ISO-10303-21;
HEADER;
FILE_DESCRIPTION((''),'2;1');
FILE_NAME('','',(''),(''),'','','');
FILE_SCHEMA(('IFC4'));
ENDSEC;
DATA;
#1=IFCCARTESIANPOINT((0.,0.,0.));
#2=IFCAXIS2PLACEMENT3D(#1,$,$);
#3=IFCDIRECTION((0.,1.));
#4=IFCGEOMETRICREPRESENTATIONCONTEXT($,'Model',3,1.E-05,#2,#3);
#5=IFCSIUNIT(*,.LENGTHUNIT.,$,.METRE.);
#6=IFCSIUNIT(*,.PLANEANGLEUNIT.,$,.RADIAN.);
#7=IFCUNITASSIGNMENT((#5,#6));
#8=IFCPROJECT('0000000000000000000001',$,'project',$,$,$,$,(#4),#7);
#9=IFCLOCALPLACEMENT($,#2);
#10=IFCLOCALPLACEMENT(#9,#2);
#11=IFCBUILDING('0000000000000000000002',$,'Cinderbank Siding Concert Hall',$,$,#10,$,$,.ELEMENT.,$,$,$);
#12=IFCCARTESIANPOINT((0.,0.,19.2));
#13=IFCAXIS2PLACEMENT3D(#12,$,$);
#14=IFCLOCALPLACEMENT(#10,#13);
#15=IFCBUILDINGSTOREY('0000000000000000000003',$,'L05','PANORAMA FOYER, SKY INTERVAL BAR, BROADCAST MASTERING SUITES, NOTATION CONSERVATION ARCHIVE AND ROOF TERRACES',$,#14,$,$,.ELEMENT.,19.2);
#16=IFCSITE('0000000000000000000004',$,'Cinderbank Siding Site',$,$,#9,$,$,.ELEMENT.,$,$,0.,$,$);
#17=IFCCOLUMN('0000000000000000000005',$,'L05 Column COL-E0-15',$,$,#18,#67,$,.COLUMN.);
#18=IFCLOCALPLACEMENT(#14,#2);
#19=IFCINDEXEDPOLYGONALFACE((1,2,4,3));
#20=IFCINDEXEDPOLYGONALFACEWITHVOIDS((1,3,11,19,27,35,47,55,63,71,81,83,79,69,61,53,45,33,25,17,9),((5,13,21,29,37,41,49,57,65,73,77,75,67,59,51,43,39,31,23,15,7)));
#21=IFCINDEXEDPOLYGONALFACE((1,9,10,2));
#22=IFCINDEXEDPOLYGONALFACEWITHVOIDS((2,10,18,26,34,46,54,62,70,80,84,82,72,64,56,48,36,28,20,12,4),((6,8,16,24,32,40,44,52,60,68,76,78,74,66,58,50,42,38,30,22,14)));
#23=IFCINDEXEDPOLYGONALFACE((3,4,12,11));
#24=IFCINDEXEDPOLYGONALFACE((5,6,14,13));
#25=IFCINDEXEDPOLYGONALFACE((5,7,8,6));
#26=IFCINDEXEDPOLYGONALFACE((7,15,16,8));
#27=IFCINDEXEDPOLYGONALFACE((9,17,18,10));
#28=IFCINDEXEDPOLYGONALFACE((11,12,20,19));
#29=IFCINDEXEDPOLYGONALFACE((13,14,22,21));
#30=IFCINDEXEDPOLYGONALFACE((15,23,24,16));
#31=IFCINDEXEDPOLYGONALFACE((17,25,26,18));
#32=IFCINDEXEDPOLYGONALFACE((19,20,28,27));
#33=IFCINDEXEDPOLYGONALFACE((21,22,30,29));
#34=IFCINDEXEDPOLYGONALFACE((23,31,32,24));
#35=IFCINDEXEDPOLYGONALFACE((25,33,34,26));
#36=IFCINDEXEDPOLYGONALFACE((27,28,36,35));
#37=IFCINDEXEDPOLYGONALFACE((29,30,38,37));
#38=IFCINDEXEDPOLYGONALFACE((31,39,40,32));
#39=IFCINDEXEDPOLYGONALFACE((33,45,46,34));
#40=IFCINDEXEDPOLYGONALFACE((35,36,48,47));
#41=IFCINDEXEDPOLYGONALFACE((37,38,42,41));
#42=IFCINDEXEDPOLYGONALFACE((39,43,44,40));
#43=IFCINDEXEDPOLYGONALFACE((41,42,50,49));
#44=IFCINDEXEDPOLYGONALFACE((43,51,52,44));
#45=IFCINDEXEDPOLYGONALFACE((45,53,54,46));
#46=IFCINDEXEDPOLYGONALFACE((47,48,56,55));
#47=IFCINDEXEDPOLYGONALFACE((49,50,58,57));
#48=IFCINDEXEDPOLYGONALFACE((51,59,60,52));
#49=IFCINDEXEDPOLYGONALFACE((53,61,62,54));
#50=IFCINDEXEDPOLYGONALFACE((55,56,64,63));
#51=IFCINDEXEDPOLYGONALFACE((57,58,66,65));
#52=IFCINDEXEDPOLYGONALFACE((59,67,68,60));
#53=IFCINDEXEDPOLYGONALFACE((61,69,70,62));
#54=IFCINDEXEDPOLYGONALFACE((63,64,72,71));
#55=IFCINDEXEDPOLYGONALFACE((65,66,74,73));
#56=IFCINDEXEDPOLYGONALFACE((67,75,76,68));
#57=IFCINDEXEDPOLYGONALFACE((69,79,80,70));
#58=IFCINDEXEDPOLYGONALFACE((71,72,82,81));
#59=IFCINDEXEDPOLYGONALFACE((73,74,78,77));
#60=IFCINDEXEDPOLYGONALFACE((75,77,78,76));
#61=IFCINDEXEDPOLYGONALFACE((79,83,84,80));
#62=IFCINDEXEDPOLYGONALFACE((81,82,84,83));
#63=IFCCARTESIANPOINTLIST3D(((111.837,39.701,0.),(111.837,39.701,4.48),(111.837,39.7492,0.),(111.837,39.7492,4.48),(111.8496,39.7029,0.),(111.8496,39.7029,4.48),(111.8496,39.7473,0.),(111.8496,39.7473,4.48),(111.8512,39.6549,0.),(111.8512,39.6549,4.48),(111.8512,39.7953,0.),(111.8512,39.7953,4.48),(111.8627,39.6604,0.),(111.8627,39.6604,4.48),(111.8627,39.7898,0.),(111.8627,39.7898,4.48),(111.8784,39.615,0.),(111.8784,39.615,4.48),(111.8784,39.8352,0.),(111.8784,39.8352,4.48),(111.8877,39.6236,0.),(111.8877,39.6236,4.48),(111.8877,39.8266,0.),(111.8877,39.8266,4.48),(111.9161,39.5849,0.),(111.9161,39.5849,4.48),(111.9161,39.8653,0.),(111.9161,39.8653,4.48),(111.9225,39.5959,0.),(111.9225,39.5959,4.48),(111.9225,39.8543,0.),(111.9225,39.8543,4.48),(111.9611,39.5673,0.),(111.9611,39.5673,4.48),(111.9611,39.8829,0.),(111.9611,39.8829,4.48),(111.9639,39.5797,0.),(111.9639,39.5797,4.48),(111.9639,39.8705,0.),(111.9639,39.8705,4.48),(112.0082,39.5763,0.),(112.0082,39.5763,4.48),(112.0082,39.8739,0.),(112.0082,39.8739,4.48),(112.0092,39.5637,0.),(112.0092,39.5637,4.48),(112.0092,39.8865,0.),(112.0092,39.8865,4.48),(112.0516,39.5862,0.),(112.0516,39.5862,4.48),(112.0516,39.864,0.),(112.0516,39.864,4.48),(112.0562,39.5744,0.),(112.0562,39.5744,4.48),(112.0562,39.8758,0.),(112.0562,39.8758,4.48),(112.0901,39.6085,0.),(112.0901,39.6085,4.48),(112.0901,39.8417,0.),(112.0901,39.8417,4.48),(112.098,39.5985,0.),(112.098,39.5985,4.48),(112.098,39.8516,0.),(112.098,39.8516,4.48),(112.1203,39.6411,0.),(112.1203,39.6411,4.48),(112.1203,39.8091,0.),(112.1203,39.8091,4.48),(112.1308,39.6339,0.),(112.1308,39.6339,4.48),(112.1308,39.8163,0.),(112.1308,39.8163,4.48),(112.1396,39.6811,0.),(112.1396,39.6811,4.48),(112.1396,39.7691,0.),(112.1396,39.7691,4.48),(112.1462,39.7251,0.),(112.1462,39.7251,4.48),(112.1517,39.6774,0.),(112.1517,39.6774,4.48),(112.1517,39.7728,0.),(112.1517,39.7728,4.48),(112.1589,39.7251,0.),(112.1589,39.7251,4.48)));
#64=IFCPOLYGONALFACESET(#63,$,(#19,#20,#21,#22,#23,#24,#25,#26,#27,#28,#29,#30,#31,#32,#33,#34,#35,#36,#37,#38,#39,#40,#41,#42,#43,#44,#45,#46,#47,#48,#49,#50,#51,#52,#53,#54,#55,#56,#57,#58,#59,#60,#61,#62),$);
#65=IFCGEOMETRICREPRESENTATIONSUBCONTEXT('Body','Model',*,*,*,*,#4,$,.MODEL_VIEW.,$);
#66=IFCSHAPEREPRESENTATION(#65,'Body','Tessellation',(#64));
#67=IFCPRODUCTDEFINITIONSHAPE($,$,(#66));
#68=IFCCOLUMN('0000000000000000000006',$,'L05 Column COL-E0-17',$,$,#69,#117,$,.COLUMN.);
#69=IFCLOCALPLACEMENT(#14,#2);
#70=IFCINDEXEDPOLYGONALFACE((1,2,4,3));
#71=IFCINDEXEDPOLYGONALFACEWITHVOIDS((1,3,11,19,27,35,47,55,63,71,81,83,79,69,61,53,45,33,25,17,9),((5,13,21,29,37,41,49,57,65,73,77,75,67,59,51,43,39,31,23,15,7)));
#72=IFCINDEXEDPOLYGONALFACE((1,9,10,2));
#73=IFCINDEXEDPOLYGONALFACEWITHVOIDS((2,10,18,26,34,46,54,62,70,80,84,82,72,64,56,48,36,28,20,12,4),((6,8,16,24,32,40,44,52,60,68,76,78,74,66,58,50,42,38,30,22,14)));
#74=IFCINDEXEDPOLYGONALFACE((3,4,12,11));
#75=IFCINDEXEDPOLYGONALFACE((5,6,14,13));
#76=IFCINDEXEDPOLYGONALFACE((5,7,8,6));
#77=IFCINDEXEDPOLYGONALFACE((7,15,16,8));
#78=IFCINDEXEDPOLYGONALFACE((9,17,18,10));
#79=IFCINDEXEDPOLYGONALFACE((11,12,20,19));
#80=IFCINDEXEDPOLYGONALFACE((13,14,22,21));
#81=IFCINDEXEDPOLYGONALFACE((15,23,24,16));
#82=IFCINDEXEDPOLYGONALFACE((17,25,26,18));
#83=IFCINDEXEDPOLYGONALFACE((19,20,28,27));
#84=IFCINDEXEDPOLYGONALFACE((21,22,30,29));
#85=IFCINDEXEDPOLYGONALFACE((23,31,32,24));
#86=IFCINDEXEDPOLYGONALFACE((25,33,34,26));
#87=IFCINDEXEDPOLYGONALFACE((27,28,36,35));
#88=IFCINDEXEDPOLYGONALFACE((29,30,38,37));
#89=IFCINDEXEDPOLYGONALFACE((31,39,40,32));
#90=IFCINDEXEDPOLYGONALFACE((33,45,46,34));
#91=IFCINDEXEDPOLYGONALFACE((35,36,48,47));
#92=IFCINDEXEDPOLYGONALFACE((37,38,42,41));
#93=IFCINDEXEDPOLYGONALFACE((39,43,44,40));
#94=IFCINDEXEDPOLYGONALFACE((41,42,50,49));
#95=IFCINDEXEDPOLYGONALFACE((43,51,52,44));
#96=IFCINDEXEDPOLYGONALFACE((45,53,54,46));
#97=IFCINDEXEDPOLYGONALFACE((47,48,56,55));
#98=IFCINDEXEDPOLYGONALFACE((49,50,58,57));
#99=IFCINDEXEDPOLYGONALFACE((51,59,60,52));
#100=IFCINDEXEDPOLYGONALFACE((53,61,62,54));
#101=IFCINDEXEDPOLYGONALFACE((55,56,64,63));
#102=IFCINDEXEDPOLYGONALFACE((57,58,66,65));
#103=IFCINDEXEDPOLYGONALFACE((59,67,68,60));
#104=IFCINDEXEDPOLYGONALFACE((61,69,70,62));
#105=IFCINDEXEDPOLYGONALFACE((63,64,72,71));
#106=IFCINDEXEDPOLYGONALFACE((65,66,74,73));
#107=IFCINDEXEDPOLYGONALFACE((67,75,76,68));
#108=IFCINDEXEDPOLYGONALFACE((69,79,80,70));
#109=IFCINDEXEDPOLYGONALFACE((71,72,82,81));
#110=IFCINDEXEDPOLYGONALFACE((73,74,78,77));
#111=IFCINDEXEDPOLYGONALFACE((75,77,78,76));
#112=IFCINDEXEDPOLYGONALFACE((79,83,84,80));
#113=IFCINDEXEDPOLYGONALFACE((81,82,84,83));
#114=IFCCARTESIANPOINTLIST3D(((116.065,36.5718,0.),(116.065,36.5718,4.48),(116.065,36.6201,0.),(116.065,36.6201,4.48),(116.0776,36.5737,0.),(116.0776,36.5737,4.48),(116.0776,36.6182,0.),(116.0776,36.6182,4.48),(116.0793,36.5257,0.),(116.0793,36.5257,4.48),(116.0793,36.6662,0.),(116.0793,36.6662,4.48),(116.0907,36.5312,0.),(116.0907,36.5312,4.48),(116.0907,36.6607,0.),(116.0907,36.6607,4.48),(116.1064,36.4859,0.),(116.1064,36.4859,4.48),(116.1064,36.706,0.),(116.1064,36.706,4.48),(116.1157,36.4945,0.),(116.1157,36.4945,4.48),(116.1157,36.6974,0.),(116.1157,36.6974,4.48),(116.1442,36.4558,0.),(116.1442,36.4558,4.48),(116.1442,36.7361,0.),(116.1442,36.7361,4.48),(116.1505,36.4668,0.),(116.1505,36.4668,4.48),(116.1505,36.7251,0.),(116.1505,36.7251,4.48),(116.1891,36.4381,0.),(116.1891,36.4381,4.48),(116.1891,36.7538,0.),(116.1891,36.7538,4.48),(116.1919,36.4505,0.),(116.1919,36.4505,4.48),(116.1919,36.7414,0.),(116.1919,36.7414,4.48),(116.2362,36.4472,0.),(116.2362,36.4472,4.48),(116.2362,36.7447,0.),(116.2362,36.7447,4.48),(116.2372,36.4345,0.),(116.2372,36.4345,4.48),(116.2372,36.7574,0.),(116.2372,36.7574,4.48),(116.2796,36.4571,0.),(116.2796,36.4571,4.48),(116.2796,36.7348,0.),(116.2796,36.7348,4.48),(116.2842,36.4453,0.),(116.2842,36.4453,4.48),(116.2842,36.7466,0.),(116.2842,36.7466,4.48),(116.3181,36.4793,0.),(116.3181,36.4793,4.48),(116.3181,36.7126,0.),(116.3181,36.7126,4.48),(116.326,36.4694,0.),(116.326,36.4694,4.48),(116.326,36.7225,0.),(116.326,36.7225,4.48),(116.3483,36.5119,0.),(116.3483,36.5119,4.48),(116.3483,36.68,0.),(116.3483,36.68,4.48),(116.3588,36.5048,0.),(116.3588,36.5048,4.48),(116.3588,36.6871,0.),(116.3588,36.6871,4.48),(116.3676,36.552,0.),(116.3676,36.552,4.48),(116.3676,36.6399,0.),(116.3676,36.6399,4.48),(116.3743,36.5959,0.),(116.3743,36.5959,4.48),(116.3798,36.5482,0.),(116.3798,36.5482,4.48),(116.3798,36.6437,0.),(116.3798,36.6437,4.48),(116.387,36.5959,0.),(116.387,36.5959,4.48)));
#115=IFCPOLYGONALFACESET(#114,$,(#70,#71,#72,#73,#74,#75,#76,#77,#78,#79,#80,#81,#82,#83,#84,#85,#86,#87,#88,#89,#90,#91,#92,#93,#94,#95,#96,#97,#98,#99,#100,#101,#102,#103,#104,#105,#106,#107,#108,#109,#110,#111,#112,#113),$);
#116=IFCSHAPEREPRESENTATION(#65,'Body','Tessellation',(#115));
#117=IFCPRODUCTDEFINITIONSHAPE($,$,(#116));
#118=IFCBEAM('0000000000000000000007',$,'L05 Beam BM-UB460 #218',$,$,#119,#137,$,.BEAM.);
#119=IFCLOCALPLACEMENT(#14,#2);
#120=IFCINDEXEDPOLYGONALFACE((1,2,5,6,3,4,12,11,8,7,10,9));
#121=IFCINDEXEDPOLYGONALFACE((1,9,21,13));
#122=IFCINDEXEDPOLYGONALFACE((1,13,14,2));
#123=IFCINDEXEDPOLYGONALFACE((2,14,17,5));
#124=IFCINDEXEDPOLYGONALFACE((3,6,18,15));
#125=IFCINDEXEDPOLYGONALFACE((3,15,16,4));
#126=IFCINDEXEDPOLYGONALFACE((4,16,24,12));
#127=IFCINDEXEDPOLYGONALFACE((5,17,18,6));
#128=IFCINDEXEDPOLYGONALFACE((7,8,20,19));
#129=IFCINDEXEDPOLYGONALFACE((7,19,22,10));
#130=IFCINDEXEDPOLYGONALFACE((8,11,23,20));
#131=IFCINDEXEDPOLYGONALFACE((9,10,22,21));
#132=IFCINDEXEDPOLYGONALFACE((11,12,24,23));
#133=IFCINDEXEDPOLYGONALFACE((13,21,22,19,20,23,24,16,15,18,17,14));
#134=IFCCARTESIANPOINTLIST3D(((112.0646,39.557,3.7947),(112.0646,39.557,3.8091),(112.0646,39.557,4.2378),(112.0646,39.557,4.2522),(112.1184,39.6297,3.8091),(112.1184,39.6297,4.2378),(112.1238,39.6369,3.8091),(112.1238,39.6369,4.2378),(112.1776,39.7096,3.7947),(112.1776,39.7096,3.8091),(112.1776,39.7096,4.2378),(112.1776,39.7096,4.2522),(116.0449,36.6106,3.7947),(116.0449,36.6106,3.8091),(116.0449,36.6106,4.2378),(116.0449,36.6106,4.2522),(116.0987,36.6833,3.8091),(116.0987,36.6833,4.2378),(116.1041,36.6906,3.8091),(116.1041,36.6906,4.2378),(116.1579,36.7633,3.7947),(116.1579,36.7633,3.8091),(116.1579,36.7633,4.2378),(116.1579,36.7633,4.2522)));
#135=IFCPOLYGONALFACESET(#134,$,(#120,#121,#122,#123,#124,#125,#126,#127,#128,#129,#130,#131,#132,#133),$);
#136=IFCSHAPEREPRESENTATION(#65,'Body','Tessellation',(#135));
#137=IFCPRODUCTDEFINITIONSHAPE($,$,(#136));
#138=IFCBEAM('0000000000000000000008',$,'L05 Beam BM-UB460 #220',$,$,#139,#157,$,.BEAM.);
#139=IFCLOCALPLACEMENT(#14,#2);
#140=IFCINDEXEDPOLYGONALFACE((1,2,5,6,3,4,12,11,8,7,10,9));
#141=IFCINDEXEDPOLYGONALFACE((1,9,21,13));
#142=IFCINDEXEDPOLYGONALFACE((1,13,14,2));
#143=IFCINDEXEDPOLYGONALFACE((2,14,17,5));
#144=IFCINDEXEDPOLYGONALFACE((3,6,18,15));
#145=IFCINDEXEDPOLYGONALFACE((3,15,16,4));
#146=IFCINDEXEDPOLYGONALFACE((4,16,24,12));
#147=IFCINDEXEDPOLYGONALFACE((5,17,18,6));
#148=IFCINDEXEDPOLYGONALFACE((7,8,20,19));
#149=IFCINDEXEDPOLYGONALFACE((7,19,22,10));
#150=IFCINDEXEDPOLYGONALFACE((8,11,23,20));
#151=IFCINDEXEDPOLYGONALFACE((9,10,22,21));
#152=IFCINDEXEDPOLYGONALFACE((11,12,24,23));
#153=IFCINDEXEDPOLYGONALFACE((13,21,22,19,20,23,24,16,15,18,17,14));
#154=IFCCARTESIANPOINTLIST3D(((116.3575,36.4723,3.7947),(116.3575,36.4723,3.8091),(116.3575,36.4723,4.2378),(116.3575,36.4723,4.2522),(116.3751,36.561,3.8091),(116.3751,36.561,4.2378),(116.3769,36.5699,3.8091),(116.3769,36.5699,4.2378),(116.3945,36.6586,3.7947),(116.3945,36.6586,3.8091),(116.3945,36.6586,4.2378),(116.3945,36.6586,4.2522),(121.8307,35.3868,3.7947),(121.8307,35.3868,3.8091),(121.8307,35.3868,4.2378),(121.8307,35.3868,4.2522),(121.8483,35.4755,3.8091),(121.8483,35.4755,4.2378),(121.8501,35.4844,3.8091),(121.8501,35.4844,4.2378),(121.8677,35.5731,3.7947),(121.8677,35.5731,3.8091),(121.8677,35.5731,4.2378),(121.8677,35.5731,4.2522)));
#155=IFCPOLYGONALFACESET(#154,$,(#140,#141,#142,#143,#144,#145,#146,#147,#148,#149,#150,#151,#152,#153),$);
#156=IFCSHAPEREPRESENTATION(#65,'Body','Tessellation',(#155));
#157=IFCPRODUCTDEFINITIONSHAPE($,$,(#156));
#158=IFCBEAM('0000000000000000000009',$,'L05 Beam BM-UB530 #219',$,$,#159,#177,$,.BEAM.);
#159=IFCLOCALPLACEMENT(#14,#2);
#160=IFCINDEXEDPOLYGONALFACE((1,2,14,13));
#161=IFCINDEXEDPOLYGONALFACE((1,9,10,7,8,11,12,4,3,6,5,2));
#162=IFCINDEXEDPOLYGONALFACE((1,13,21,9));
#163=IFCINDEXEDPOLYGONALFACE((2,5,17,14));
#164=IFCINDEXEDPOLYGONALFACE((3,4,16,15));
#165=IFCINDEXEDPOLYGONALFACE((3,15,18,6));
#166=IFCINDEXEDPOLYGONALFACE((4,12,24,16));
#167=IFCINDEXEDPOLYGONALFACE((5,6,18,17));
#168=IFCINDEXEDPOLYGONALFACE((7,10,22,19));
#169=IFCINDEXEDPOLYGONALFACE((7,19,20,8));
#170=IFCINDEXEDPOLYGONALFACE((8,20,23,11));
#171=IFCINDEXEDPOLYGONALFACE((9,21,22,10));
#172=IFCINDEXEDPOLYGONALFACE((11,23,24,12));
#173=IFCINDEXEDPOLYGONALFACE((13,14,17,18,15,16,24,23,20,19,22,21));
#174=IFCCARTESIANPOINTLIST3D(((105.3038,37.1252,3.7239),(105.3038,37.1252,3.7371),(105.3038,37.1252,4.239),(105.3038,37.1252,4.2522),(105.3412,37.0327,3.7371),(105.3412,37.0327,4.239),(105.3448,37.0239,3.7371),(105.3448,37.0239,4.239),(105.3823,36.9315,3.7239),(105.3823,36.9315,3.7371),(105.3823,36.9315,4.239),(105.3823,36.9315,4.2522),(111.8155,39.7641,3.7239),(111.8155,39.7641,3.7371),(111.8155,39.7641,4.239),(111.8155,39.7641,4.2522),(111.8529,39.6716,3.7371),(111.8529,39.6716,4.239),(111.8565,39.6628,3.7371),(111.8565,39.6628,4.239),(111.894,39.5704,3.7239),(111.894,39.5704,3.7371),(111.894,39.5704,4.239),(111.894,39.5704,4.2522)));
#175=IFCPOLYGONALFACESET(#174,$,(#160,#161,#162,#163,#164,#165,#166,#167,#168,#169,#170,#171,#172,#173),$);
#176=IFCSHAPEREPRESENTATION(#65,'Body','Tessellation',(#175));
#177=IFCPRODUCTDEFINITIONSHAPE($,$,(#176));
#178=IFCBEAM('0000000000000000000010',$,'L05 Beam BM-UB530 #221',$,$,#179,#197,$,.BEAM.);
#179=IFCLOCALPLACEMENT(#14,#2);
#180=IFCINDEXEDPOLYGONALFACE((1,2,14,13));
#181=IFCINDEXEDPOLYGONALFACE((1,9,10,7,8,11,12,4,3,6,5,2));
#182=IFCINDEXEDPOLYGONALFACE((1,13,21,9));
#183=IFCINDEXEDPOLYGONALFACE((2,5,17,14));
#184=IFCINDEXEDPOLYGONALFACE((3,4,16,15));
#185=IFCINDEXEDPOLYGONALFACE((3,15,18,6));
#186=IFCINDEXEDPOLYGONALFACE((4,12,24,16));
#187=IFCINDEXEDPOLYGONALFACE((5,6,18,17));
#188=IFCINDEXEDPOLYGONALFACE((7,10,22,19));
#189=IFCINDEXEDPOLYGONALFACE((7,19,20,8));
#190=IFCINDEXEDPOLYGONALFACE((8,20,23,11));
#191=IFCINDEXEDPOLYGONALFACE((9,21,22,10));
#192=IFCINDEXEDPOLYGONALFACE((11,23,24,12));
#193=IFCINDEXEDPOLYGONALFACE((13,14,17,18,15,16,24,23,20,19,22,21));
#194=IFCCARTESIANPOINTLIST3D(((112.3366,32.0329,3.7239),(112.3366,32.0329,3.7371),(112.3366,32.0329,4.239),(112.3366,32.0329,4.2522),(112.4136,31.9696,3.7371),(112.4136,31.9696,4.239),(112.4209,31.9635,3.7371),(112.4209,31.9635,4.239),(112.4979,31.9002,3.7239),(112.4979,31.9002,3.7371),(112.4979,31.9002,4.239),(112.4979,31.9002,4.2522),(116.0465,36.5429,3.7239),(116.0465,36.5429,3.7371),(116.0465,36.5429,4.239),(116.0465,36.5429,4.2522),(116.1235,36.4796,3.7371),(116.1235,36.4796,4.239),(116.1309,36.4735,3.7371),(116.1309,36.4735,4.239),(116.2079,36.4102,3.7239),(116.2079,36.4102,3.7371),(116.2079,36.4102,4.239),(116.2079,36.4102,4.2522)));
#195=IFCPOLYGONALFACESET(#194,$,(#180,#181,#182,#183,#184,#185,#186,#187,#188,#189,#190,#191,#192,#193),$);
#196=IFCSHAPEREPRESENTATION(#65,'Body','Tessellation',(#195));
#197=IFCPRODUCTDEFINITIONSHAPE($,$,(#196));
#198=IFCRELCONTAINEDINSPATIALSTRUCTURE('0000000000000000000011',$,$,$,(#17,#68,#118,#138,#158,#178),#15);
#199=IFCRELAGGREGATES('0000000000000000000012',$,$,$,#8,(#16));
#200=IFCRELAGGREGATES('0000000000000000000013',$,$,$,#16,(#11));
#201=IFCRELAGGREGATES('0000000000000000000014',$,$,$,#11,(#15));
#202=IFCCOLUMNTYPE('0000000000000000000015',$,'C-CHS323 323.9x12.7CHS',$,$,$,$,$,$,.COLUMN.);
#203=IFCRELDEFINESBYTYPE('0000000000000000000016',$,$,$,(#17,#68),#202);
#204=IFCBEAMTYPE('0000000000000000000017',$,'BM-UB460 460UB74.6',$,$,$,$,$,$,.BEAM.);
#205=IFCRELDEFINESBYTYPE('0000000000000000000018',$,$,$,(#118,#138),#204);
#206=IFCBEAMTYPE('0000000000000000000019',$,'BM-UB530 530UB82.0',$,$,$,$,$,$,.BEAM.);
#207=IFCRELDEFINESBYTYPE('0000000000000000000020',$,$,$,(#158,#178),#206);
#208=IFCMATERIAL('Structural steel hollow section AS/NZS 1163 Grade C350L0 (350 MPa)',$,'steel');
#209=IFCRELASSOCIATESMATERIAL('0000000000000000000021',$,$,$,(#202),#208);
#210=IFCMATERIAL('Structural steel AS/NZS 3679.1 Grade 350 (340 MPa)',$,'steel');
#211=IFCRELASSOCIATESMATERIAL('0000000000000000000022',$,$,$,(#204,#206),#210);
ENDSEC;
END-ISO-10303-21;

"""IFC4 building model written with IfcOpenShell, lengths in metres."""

from ifc_helpers import new_model, si_unit, direction, frame, origin, origin_2d, place, context, subcontext, project, spatial, hollow_circle, i_section, extrude, material, material_profile, profile_set, type_object, element, save


model = new_model("IFC4")

# Units and contexts
model_context = context("Model", 3, precision=1e-05, world=origin(), true_north=direction((0.0, 1.0)))
body_context = subcontext(model_context, "Body", "Model", "MODEL_VIEW")
ifc_project = project(units=[si_unit("LENGTHUNIT", "METRE"), si_unit("PLANEANGLEUNIT", "RADIAN")], contexts=[model_context])

# Site, building, storey
site_placement = place(None, origin())
site = spatial("IfcSite", under=ifc_project, at=site_placement, Name="Cinderbank Siding Site", CompositionType="ELEMENT", RefElevation=0.0)
building_placement = place(site_placement, origin())
building = spatial("IfcBuilding", under=site, at=building_placement, Name="Cinderbank Siding Concert Hall", CompositionType="ELEMENT")
storey_placement = place(building_placement, frame((0.0, 0.0, 19.2)))
storey = spatial("IfcBuildingStorey", under=building, at=storey_placement, Name="L05", Description="PANORAMA FOYER, SKY INTERVAL BAR, BROADCAST MASTERING SUITES, NOTATION CONSERVATION ARCHIVE AND ROOF TERRACES", CompositionType="ELEMENT", Elevation=19.2)

# Columns
ifc_material_1 = material(Name="Structural steel hollow section AS/NZS 1163 Grade C350L0 (350 MPa)", Category="steel")
ifc_material_profile_1 = material_profile(ifc_material_1, hollow_circle(Radius=0.1619, WallThickness=0.0127, at=origin_2d()), Name="323.9x12.7CHS", Category="LoadBearing")
ifc_profile_set_1 = profile_set([ifc_material_profile_1], Name="Structural steel hollow section AS/NZS 1163 Grade C350L0 (350 MPa)")
column_type = type_object("IfcColumnType", Name="C-CHS323 323.9x12.7CHS", PredefinedType="COLUMN", material=ifc_profile_set_1)
for number, where, z_axis, x_axis, name in (
    (1, (111.9971, 39.7251, 0.0), (0.0, 0.0, 1.0), (1.0, 0.0, 0.0), "L05 Column COL-E0-15"),
    (2, (116.2251, 36.5959, 0.0), (0.0, 0.0, 1.0), (1.0, 0.0, 0.0), "L05 Column COL-E0-17"),
):
    element("IfcColumn", number, at=place(storey_placement, frame(where, z_axis=z_axis, x_axis=x_axis)), inside=storey, type_object=column_type, Name=name, PredefinedType="COLUMN", context=body_context, shape_type="SweptSolid", body=[
        extrude(hollow_circle(Radius=0.1619, WallThickness=0.0127, at=origin_2d()), origin(), (0.0, 0.0, 1.0), 4.48),
    ])

# Beams
ifc_material_2 = material(Name="Structural steel AS/NZS 3679.1 Grade 350 (340 MPa)", Category="steel")
ifc_material_profile_2 = material_profile(ifc_material_2, i_section(OverallWidth=0.1899, OverallDepth=0.4575, WebThickness=0.009, FlangeThickness=0.0144, at=origin_2d()), Name="460UB74.6", Category="LoadBearing")
ifc_profile_set_2 = profile_set([ifc_material_profile_2], Name="Structural steel AS/NZS 3679.1 Grade 350 (340 MPa)")
beam_type_1 = type_object("IfcBeamType", Name="BM-UB460 460UB74.6", PredefinedType="BEAM", material=ifc_profile_set_2)
beam_1_placement = place(storey_placement, frame((112.1211, 39.6333, 4.0234), z_axis=(0.803753, -0.594963, 0.0), x_axis=(0.594963, 0.803753, 0.0)))
element("IfcBeam", 3, at=beam_1_placement, inside=storey, type_object=beam_type_1, Name="L05 Beam BM-UB460 #218", PredefinedType="BEAM", context=body_context, shape_type="SweptSolid", body=[
    extrude(i_section(OverallWidth=0.1899, OverallDepth=0.4575, WebThickness=0.009, FlangeThickness=0.0144, at=origin_2d()), origin(), (0.0, 0.0, 1.0), 4.9521),
])
beam_2_placement = place(storey_placement, frame((116.376, 36.5654, 4.0234), z_axis=(0.980896, -0.194534, 0.0), x_axis=(0.194534, 0.980896, 0.0)))
element("IfcBeam", 4, at=beam_2_placement, inside=storey, type_object=beam_type_1, Name="L05 Beam BM-UB460 #220", PredefinedType="BEAM", context=body_context, shape_type="SweptSolid", body=[
    extrude(i_section(OverallWidth=0.1899, OverallDepth=0.4575, WebThickness=0.009, FlangeThickness=0.0144, at=origin_2d()), origin(), (0.0, 0.0, 1.0), 5.5798),
])
ifc_material_profile_3 = material_profile(ifc_material_2, i_section(OverallWidth=0.209, OverallDepth=0.5283, WebThickness=0.0095, FlangeThickness=0.0132, at=origin_2d()), Name="530UB82.0", Category="LoadBearing")
ifc_profile_set_3 = profile_set([ifc_material_profile_3], Name="Structural steel AS/NZS 3679.1 Grade 350 (340 MPa)")
beam_type_2 = type_object("IfcBeamType", Name="BM-UB530 530UB82.0", PredefinedType="BEAM", material=ifc_profile_set_3)
beam_3_placement = place(storey_placement, frame((111.8547, 39.6672, 3.988), z_axis=(-0.926787, -0.375587, 0.0), x_axis=(0.375587, -0.926787, 0.0)))
element("IfcBeam", 5, at=beam_3_placement, inside=storey, type_object=beam_type_2, Name="L05 Beam BM-UB530 #219", PredefinedType="BEAM", context=body_context, shape_type="SweptSolid", body=[
    extrude(i_section(OverallWidth=0.209, OverallDepth=0.5283, WebThickness=0.0095, FlangeThickness=0.0132, at=origin_2d()), origin(), (0.0, 0.0, 1.0), 7.0261),
])
beam_4_placement = place(storey_placement, frame((116.1272, 36.4766, 3.988), z_axis=(-0.635282, -0.77228, 0.0), x_axis=(0.77228, -0.635282, 0.0)))
element("IfcBeam", 6, at=beam_4_placement, inside=storey, type_object=beam_type_2, Name="L05 Beam BM-UB530 #221", PredefinedType="BEAM", context=body_context, shape_type="SweptSolid", body=[
    extrude(i_section(OverallWidth=0.209, OverallDepth=0.5283, WebThickness=0.0095, FlangeThickness=0.0132, at=origin_2d()), origin(), (0.0, 0.0, 1.0), 5.8398),
])

save(model, "model.ifc")
